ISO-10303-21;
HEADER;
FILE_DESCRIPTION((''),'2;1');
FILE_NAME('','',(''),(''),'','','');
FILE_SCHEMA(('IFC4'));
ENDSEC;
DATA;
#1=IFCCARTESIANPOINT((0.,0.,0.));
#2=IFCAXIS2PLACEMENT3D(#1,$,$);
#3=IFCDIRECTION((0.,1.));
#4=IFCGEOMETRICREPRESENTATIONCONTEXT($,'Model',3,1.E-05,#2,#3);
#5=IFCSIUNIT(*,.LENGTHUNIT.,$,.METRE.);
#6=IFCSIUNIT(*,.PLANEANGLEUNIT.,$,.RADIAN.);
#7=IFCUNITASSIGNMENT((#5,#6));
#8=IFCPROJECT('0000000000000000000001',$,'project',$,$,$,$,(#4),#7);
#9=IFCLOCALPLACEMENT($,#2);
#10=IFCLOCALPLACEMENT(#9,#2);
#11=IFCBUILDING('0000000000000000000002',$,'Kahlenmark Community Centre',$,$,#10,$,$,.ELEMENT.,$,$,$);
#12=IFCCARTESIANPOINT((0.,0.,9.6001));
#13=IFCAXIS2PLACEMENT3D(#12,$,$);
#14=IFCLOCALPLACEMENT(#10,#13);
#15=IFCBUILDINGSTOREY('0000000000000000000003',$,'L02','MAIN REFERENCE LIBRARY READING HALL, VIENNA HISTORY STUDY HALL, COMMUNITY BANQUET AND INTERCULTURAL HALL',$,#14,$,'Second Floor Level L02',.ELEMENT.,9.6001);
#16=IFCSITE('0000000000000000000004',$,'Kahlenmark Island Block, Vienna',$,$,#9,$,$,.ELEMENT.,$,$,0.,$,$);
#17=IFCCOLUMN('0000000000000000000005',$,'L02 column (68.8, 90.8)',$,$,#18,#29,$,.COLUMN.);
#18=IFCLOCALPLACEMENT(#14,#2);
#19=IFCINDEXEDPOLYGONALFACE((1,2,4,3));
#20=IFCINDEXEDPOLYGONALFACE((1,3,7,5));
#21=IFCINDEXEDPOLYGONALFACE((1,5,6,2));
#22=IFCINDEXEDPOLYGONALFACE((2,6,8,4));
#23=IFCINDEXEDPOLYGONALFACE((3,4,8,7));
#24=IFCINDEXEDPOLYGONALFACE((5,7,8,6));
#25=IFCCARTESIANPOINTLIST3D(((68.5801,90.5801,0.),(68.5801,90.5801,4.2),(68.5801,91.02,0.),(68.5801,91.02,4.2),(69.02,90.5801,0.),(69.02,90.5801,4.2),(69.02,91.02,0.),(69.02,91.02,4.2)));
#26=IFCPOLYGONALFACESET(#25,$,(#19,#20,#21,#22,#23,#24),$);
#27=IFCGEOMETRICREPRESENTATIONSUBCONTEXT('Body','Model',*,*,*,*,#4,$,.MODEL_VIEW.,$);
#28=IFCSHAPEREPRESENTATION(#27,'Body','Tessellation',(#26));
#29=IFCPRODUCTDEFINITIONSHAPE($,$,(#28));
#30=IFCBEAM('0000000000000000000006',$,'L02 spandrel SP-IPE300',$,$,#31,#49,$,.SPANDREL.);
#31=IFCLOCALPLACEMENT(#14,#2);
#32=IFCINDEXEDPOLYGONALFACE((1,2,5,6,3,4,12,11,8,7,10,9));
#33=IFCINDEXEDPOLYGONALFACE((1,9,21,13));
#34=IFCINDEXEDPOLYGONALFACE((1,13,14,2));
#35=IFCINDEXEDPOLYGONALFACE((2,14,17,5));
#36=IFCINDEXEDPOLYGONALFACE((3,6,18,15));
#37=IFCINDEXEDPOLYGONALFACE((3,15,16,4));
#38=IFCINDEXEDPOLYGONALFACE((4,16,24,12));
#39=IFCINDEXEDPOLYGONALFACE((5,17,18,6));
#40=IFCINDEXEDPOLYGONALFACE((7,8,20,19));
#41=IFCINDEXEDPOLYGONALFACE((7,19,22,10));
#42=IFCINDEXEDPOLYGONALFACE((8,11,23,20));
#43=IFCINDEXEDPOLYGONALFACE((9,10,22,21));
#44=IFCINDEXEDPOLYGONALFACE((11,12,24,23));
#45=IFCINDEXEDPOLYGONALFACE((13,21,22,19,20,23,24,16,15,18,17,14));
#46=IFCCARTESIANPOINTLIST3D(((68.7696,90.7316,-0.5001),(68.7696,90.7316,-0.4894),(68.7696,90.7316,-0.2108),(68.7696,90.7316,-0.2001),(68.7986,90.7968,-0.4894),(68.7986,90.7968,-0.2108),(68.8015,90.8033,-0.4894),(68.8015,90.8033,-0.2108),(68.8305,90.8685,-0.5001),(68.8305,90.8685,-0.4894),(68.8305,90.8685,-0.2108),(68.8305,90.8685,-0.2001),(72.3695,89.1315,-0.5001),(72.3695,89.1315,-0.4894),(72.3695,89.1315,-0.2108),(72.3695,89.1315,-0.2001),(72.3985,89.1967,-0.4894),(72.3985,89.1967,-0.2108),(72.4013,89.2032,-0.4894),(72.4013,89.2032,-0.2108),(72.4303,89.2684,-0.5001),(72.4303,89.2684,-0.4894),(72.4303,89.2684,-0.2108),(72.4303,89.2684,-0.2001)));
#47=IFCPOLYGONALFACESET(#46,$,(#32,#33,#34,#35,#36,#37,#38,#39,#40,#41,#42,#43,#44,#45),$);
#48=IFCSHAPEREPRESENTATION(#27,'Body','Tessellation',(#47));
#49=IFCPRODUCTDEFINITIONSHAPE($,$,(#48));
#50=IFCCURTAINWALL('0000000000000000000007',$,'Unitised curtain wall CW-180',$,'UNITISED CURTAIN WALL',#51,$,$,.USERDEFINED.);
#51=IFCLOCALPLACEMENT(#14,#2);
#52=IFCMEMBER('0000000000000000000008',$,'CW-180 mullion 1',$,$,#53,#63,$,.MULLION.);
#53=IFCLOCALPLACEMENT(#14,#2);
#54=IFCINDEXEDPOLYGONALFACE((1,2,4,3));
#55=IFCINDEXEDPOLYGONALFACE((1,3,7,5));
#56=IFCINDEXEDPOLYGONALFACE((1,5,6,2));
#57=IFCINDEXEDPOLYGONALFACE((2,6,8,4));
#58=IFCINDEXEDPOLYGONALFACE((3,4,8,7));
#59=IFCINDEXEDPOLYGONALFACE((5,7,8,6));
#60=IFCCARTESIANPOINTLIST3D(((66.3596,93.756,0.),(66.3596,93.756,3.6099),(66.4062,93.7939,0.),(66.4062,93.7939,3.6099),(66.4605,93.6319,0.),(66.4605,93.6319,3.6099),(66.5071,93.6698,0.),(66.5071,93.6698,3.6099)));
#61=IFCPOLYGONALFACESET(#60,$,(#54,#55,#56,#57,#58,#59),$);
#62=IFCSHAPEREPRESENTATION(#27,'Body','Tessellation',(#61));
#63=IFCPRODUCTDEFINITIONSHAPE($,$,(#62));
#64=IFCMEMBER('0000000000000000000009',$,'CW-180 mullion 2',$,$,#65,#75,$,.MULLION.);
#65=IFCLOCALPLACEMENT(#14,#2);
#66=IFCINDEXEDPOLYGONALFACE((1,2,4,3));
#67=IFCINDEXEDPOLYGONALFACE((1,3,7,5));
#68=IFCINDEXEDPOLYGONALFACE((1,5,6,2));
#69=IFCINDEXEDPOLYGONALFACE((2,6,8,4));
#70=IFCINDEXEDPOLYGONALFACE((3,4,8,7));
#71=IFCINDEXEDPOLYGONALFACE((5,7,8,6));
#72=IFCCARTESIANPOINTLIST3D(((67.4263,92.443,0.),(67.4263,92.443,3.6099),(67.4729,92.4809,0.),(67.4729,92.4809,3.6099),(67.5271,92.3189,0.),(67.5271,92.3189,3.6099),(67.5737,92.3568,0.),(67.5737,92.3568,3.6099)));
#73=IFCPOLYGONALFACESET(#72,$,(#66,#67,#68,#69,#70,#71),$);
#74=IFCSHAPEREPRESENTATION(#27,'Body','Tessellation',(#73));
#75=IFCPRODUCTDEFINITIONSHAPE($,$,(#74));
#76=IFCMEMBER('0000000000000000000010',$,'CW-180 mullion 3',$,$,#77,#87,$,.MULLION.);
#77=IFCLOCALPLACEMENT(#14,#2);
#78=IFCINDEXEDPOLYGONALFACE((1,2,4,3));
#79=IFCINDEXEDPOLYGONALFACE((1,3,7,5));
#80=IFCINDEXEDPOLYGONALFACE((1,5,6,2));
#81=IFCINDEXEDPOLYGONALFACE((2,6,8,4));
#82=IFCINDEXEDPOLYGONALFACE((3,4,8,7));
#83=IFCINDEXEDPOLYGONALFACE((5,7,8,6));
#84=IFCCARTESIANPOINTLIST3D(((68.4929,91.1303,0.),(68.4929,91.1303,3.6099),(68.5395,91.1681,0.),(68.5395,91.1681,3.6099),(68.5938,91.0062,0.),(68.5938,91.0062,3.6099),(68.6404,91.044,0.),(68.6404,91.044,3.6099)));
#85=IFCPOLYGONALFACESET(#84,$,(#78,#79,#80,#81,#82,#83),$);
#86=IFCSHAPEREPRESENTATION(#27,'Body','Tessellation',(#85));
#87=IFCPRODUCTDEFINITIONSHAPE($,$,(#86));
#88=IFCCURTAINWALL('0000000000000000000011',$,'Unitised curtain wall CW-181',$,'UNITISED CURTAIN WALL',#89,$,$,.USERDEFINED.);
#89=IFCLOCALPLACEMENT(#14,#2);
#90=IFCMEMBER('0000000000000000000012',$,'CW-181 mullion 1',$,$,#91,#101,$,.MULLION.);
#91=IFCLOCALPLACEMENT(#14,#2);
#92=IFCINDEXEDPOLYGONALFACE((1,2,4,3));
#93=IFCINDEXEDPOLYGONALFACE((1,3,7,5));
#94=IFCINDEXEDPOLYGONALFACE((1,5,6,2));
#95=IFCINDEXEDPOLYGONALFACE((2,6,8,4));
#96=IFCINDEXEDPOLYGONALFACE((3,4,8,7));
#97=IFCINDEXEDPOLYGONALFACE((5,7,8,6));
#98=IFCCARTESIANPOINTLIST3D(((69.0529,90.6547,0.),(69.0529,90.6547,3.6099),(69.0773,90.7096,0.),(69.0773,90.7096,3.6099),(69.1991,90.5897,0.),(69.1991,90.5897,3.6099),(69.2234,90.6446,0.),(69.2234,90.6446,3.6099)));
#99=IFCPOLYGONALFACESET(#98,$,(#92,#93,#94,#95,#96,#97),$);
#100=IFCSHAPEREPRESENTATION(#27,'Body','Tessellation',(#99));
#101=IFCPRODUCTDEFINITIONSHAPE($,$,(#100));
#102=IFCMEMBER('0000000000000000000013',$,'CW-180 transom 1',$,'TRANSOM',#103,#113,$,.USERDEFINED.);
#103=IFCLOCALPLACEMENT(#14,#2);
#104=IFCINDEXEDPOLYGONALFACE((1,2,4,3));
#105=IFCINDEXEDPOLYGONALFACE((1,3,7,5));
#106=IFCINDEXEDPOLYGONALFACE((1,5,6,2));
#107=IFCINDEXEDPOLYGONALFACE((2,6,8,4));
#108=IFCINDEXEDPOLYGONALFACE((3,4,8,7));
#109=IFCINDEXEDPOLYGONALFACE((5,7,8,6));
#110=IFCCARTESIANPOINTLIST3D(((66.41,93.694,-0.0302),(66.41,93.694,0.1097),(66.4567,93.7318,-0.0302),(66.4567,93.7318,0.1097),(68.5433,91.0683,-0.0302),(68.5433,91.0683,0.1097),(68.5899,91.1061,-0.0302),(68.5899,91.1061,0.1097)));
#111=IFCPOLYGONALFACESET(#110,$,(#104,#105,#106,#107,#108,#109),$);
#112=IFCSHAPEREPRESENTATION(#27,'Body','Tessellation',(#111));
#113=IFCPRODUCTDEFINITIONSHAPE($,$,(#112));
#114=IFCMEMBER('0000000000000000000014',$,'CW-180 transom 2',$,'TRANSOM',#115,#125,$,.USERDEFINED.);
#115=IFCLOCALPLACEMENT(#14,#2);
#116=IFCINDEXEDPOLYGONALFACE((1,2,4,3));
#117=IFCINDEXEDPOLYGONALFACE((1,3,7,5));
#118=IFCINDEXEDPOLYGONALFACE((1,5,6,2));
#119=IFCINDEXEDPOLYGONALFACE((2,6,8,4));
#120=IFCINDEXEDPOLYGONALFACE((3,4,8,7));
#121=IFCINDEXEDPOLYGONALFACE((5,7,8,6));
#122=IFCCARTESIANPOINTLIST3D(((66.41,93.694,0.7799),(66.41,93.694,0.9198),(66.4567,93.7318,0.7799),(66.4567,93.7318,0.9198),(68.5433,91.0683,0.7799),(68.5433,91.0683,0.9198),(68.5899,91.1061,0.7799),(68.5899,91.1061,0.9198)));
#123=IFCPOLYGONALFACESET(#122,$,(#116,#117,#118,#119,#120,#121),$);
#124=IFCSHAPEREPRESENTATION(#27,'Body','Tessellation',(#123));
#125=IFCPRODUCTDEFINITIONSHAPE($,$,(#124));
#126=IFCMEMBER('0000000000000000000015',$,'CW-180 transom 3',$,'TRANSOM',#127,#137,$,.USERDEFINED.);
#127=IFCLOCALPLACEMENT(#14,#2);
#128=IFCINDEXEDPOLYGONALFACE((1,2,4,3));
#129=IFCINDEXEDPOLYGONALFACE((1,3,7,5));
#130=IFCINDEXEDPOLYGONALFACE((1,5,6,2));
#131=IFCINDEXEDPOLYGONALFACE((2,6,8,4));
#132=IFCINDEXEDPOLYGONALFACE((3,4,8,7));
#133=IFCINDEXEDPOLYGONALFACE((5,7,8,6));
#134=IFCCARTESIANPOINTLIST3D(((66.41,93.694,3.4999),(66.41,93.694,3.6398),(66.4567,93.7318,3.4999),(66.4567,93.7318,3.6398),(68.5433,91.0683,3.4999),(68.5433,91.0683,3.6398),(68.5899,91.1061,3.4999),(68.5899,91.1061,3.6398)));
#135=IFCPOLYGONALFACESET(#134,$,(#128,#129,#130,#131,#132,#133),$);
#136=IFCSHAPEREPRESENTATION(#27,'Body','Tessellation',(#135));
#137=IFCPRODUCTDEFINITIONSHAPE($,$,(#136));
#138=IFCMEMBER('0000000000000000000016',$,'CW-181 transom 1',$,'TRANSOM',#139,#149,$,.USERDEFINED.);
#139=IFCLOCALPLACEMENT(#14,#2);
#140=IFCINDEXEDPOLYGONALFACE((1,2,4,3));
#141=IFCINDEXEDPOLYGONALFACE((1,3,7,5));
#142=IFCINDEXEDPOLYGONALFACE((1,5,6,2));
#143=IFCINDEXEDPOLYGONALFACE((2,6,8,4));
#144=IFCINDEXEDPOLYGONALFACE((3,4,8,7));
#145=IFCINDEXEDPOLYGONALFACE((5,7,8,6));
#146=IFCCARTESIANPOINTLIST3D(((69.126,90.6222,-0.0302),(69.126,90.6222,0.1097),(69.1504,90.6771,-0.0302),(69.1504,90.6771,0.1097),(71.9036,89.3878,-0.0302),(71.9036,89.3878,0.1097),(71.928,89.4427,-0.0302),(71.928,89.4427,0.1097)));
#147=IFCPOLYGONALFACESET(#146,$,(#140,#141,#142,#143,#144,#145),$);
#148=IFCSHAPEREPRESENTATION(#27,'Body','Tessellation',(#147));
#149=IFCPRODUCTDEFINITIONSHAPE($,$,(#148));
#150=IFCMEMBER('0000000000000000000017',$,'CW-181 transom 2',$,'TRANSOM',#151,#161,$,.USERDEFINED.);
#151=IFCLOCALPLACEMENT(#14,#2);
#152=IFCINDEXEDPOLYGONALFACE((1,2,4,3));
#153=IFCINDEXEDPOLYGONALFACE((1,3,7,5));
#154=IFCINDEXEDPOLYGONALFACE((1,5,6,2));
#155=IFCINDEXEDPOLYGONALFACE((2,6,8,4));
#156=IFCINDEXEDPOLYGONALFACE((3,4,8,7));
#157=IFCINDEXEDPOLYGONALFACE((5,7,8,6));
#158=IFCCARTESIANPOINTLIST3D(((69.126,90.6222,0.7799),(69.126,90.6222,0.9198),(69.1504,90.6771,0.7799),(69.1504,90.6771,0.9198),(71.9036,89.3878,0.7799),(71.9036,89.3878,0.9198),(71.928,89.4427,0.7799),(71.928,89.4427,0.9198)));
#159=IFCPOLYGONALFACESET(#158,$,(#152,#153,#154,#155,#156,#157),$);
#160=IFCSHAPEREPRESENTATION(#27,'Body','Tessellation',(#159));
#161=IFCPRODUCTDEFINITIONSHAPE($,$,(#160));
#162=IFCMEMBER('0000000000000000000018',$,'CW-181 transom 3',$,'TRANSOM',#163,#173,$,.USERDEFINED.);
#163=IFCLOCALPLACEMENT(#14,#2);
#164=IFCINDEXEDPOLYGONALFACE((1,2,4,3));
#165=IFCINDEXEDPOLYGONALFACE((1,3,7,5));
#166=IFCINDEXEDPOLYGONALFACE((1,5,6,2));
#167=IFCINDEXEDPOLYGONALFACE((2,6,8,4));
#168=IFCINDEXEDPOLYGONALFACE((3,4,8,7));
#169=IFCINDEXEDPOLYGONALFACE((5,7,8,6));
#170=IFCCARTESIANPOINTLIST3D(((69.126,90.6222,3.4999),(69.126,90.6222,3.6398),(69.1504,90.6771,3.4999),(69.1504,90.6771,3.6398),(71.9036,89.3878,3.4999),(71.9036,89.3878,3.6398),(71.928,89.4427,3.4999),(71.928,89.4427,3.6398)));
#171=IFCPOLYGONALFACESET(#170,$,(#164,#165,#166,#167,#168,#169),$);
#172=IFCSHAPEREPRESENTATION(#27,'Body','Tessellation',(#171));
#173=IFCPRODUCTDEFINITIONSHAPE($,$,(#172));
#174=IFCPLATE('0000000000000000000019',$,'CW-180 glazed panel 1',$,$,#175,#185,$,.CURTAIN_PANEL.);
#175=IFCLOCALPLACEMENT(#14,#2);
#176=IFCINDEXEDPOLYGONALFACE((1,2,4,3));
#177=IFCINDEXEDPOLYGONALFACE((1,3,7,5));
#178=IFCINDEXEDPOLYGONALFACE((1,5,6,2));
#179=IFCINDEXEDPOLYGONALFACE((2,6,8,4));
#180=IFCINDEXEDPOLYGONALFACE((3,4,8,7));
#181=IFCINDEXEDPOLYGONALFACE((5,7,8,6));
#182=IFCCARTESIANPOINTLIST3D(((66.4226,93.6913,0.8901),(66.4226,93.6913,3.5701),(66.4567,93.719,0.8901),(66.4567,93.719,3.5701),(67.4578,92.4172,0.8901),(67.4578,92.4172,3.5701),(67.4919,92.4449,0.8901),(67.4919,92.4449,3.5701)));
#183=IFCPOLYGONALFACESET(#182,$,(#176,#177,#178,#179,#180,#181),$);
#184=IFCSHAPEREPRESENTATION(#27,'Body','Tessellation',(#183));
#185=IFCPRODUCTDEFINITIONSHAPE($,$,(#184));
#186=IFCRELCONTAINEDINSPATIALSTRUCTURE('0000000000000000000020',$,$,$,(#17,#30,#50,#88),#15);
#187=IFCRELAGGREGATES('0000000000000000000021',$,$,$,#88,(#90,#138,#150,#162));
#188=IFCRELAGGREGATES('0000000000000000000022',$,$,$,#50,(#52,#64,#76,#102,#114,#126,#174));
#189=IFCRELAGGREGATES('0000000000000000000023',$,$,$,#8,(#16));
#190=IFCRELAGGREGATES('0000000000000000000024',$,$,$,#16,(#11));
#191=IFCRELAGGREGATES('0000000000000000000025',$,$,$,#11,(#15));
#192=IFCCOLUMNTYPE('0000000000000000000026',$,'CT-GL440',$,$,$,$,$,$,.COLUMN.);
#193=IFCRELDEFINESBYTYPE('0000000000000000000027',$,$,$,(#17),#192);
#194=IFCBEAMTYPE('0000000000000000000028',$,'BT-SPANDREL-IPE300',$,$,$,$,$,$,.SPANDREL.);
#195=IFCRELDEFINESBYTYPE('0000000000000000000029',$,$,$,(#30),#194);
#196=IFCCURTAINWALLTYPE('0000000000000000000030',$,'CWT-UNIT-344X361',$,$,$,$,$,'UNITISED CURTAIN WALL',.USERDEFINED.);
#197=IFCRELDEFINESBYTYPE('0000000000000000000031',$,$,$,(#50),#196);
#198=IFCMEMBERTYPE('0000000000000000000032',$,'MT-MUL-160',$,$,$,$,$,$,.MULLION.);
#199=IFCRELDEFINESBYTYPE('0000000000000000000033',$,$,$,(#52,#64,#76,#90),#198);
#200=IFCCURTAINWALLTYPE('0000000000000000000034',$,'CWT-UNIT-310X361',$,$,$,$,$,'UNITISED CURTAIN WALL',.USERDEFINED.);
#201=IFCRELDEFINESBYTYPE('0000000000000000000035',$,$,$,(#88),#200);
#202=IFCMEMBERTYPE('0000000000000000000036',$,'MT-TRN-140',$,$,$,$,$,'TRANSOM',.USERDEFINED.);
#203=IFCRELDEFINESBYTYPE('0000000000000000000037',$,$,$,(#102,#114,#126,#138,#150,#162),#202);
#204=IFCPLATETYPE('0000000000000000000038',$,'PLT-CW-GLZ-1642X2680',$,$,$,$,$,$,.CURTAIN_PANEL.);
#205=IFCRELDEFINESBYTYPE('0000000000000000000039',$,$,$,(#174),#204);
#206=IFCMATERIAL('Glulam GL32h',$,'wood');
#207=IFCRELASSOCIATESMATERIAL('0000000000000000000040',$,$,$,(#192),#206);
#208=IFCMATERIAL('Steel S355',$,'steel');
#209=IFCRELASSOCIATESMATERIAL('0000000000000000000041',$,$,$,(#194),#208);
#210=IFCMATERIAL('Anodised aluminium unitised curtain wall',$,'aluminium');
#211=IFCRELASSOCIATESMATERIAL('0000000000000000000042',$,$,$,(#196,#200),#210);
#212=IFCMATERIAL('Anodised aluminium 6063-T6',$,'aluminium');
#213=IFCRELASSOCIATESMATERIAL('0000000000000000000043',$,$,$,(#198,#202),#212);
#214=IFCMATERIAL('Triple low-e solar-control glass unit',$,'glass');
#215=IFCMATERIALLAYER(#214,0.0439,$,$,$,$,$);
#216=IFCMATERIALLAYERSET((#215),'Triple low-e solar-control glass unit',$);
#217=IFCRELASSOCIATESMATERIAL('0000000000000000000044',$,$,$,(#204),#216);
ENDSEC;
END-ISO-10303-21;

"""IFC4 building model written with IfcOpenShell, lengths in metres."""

from ifc_helpers import new_model, si_unit, direction, frame, origin, origin_2d, place, context, subcontext, project, spatial, rectangle, i_section, extrude, material, layer, layer_set, material_profile, profile_set, type_object, element, aggregate, save


model = new_model("IFC4")

# Units and contexts
model_context = context("Model", 3, precision=1e-05, world=origin(), true_north=direction((0.0, 1.0)))
body_context = subcontext(model_context, "Body", "Model", "MODEL_VIEW")
ifc_project = project(units=[si_unit("LENGTHUNIT", "METRE"), si_unit("PLANEANGLEUNIT", "RADIAN")], contexts=[model_context])

# Site, building, storey
site_placement = place(None, origin())
site = spatial("IfcSite", under=ifc_project, at=site_placement, Name="Kahlenmark Island Block, Vienna", CompositionType="ELEMENT", RefElevation=0.0)
building_placement = place(site_placement, origin())
building = spatial("IfcBuilding", under=site, at=building_placement, Name="Kahlenmark Community Centre", CompositionType="ELEMENT")
storey_placement = place(building_placement, frame((0.0, 0.0, 9.6001)))
storey = spatial("IfcBuildingStorey", under=building, at=storey_placement, Name="L02", Description="MAIN REFERENCE LIBRARY READING HALL, VIENNA HISTORY STUDY HALL, COMMUNITY BANQUET AND INTERCULTURAL HALL", LongName="Second Floor Level L02", CompositionType="ELEMENT", Elevation=9.6001)

# Column
ifc_material_1 = material(Name="Glulam GL32h", Category="wood")
ifc_material_profile_1 = material_profile(ifc_material_1, rectangle(XDim=0.4399, YDim=0.4399, at=origin_2d()), Name="GL32h 440x440")
ifc_profile_set_1 = profile_set([ifc_material_profile_1], Name="Glulam GL32h")
column_type = type_object("IfcColumnType", Name="CT-GL440", PredefinedType="COLUMN", material=ifc_profile_set_1)
column_placement = place(storey_placement, frame((68.8, 90.8, 0.0), z_axis=(0.0, 0.0, 1.0), x_axis=(1.0, 0.0, 0.0)))
element("IfcColumn", 1, at=column_placement, inside=storey, type_object=column_type, Name="L02 column (68.8, 90.8)", PredefinedType="COLUMN", context=body_context, shape_type="SweptSolid", body=[
    extrude(rectangle(XDim=0.4399, YDim=0.4399, at=origin_2d()), origin(), (0.0, 0.0, 1.0), 4.2),
])

# Beam
ifc_material_2 = material(Name="Steel S355", Category="steel")
ifc_material_profile_2 = material_profile(ifc_material_2, i_section(OverallWidth=0.1499, OverallDepth=0.3, WebThickness=0.0071, FlangeThickness=0.0107, at=origin_2d()), Name="IPE 300")
ifc_profile_set_2 = profile_set([ifc_material_profile_2], Name="Steel S355")
beam_type = type_object("IfcBeamType", Name="BT-SPANDREL-IPE300", PredefinedType="SPANDREL", material=ifc_profile_set_2)
beam_placement = place(storey_placement, frame((68.8, 90.8, -0.3501), z_axis=(0.913796, -0.406173, 0.0), x_axis=(0.406173, 0.913796, 0.0)))
element("IfcBeam", 2, at=beam_placement, inside=storey, type_object=beam_type, Name="L02 spandrel SP-IPE300", PredefinedType="SPANDREL", context=body_context, shape_type="SweptSolid", body=[
    extrude(i_section(OverallWidth=0.1499, OverallDepth=0.3, WebThickness=0.0071, FlangeThickness=0.0107, at=origin_2d()), origin(), (0.0, 0.0, 1.0), 3.9395),
])

# Curtain wall, members
ifc_material_3 = material(Name="Anodised aluminium unitised curtain wall", Category="aluminium")
curtain_wall_type_1 = type_object("IfcCurtainWallType", Name="CWT-UNIT-344X361", ElementType="UNITISED CURTAIN WALL", PredefinedType="USERDEFINED", material=ifc_material_3)
curtain_wall_1_placement = place(storey_placement, origin())
curtain_wall_1 = element("IfcCurtainWall", 3, at=curtain_wall_1_placement, inside=storey, type_object=curtain_wall_type_1, Name="Unitised curtain wall CW-180", ObjectType="UNITISED CURTAIN WALL", PredefinedType="USERDEFINED")
ifc_material_4 = material(Name="Anodised aluminium 6063-T6", Category="aluminium")
ifc_material_profile_3 = material_profile(ifc_material_4, rectangle(XDim=0.0601, YDim=0.1599, at=origin_2d()), Name="ALU MULLION 60x160")
ifc_profile_set_3 = profile_set([ifc_material_profile_3], Name="Anodised aluminium 6063-T6")
member_type_1 = type_object("IfcMemberType", Name="MT-MUL-160", PredefinedType="MULLION", material=ifc_profile_set_3)
member_1_placement = place(storey_placement, frame((66.4333, 93.7129, 0.0), z_axis=(0.0, 0.0, 1.0), x_axis=(0.776109, 0.630599, 0.0)))
member_1 = element("IfcMember", 4, at=member_1_placement, type_object=member_type_1, Name="CW-180 mullion 1", PredefinedType="MULLION", context=body_context, shape_type="SweptSolid", body=[
    extrude(rectangle(XDim=0.0601, YDim=0.1599, at=origin_2d()), origin(), (0.0, 0.0, 1.0), 3.6099),
])
member_2_placement = place(storey_placement, frame((67.5, 92.3999, 0.0), z_axis=(0.0, 0.0, 1.0), x_axis=(0.776109, 0.630599, 0.0)))
member_2 = element("IfcMember", 5, at=member_2_placement, type_object=member_type_1, Name="CW-180 mullion 2", PredefinedType="MULLION", context=body_context, shape_type="SweptSolid", body=[
    extrude(rectangle(XDim=0.0601, YDim=0.1599, at=origin_2d()), origin(), (0.0, 0.0, 1.0), 3.6099),
])
member_3_placement = place(storey_placement, frame((68.5667, 91.0872, 0.0), z_axis=(0.0, 0.0, 1.0), x_axis=(0.776109, 0.630599, 0.0)))
member_3 = element("IfcMember", 6, at=member_3_placement, type_object=member_type_1, Name="CW-180 mullion 3", PredefinedType="MULLION", context=body_context, shape_type="SweptSolid", body=[
    extrude(rectangle(XDim=0.0601, YDim=0.1599, at=origin_2d()), origin(), (0.0, 0.0, 1.0), 3.6099),
])

# Curtain wall, member
curtain_wall_type_2 = type_object("IfcCurtainWallType", Name="CWT-UNIT-310X361", ElementType="UNITISED CURTAIN WALL", PredefinedType="USERDEFINED", material=ifc_material_3)
curtain_wall_2_placement = place(storey_placement, origin())
curtain_wall_2 = element("IfcCurtainWall", 7, at=curtain_wall_2_placement, inside=storey, type_object=curtain_wall_type_2, Name="Unitised curtain wall CW-181", ObjectType="UNITISED CURTAIN WALL", PredefinedType="USERDEFINED")
member_4_placement = place(storey_placement, frame((69.1382, 90.6497, 0.0), z_axis=(0.0, 0.0, 1.0), x_axis=(0.406126, 0.913817, 0.0)))
member_4 = element("IfcMember", 8, at=member_4_placement, type_object=member_type_1, Name="CW-181 mullion 1", PredefinedType="MULLION", context=body_context, shape_type="SweptSolid", body=[
    extrude(rectangle(XDim=0.0601, YDim=0.1599, at=origin_2d()), origin(), (0.0, 0.0, 1.0), 3.6099),
])

# Members
ifc_material_profile_4 = material_profile(ifc_material_4, rectangle(XDim=0.0601, YDim=0.1399, at=origin_2d()), Name="ALU TRANSOM 60x140")
ifc_profile_set_4 = profile_set([ifc_material_profile_4], Name="Anodised aluminium 6063-T6")
member_type_2 = type_object("IfcMemberType", Name="MT-TRN-140", ElementType="TRANSOM", PredefinedType="USERDEFINED", material=ifc_profile_set_4)
member_5_placement = place(storey_placement, frame((66.4333, 93.7129, 0.0398), z_axis=(0.630574, -0.776129, 0.0), x_axis=(0.776129, 0.630574, 0.0)))
member_5 = element("IfcMember", 9, at=member_5_placement, type_object=member_type_2, Name="CW-180 transom 1", ObjectType="TRANSOM", PredefinedType="USERDEFINED", context=body_context, shape_type="SweptSolid", body=[
    extrude(rectangle(XDim=0.0601, YDim=0.1399, at=origin_2d()), origin(), (0.0, 0.0, 1.0), 3.3831),
])
member_6_placement = place(storey_placement, frame((66.4333, 93.7129, 0.8499), z_axis=(0.630574, -0.776129, 0.0), x_axis=(0.776129, 0.630574, 0.0)))
member_6 = element("IfcMember", 10, at=member_6_placement, type_object=member_type_2, Name="CW-180 transom 2", ObjectType="TRANSOM", PredefinedType="USERDEFINED", context=body_context, shape_type="SweptSolid", body=[
    extrude(rectangle(XDim=0.0601, YDim=0.1399, at=origin_2d()), origin(), (0.0, 0.0, 1.0), 3.3831),
])
member_7_placement = place(storey_placement, frame((66.4333, 93.7129, 3.5698), z_axis=(0.630574, -0.776129, 0.0), x_axis=(0.776129, 0.630574, 0.0)))
member_7 = element("IfcMember", 11, at=member_7_placement, type_object=member_type_2, Name="CW-180 transom 3", ObjectType="TRANSOM", PredefinedType="USERDEFINED", context=body_context, shape_type="SweptSolid", body=[
    extrude(rectangle(XDim=0.0601, YDim=0.1399, at=origin_2d()), origin(), (0.0, 0.0, 1.0), 3.3831),
])
member_8_placement = place(storey_placement, frame((69.1382, 90.6497, 0.0398), z_axis=(0.913825, -0.406109, 0.0), x_axis=(0.406109, 0.913825, 0.0)))
member_8 = element("IfcMember", 12, at=member_8_placement, type_object=member_type_2, Name="CW-181 transom 1", ObjectType="TRANSOM", PredefinedType="USERDEFINED", context=body_context, shape_type="SweptSolid", body=[
    extrude(rectangle(XDim=0.0601, YDim=0.1399, at=origin_2d()), origin(), (0.0, 0.0, 1.0), 3.0396),
])
member_9_placement = place(storey_placement, frame((69.1382, 90.6497, 0.8499), z_axis=(0.913825, -0.406109, 0.0), x_axis=(0.406109, 0.913825, 0.0)))
member_9 = element("IfcMember", 13, at=member_9_placement, type_object=member_type_2, Name="CW-181 transom 2", ObjectType="TRANSOM", PredefinedType="USERDEFINED", context=body_context, shape_type="SweptSolid", body=[
    extrude(rectangle(XDim=0.0601, YDim=0.1399, at=origin_2d()), origin(), (0.0, 0.0, 1.0), 3.0396),
])
member_10_placement = place(storey_placement, frame((69.1382, 90.6497, 3.5698), z_axis=(0.913825, -0.406109, 0.0), x_axis=(0.406109, 0.913825, 0.0)))
member_10 = element("IfcMember", 14, at=member_10_placement, type_object=member_type_2, Name="CW-181 transom 3", ObjectType="TRANSOM", PredefinedType="USERDEFINED", context=body_context, shape_type="SweptSolid", body=[
    extrude(rectangle(XDim=0.0601, YDim=0.1399, at=origin_2d()), origin(), (0.0, 0.0, 1.0), 3.0396),
])

# Plate
ifc_material_5 = material(Name="Triple low-e solar-control glass unit", Category="glass")
ifc_layer_1 = layer(ifc_material_5, 0.0439)
ifc_layer_set_1 = layer_set([ifc_layer_1], Name="Triple low-e solar-control glass unit")
plate_type_1 = type_object("IfcPlateType", Name="PLT-CW-GLZ-1642X2680", PredefinedType="CURTAIN_PANEL", material=ifc_layer_set_1)
plate_1_placement = place(storey_placement, frame((66.9573, 93.0681, 0.8901), z_axis=(0.0, 0.0, 1.0), x_axis=(0.630599, -0.776109, 0.0)))
plate_1 = element("IfcPlate", 15, at=plate_1_placement, type_object=plate_type_1, Name="CW-180 glazed panel 1", PredefinedType="CURTAIN_PANEL", context=body_context, shape_type="SweptSolid", body=[
    extrude(rectangle(XDim=1.6416, YDim=0.0439, at=origin_2d()), origin(), (0.0, 0.0, 1.0), 2.6799),
])
aggregate(curtain_wall_2, [member_4, member_8, member_9, member_10])
aggregate(curtain_wall_1, [member_1, member_2, member_3, member_5, member_6, member_7, plate_1])

save(model, "model.ifc")
